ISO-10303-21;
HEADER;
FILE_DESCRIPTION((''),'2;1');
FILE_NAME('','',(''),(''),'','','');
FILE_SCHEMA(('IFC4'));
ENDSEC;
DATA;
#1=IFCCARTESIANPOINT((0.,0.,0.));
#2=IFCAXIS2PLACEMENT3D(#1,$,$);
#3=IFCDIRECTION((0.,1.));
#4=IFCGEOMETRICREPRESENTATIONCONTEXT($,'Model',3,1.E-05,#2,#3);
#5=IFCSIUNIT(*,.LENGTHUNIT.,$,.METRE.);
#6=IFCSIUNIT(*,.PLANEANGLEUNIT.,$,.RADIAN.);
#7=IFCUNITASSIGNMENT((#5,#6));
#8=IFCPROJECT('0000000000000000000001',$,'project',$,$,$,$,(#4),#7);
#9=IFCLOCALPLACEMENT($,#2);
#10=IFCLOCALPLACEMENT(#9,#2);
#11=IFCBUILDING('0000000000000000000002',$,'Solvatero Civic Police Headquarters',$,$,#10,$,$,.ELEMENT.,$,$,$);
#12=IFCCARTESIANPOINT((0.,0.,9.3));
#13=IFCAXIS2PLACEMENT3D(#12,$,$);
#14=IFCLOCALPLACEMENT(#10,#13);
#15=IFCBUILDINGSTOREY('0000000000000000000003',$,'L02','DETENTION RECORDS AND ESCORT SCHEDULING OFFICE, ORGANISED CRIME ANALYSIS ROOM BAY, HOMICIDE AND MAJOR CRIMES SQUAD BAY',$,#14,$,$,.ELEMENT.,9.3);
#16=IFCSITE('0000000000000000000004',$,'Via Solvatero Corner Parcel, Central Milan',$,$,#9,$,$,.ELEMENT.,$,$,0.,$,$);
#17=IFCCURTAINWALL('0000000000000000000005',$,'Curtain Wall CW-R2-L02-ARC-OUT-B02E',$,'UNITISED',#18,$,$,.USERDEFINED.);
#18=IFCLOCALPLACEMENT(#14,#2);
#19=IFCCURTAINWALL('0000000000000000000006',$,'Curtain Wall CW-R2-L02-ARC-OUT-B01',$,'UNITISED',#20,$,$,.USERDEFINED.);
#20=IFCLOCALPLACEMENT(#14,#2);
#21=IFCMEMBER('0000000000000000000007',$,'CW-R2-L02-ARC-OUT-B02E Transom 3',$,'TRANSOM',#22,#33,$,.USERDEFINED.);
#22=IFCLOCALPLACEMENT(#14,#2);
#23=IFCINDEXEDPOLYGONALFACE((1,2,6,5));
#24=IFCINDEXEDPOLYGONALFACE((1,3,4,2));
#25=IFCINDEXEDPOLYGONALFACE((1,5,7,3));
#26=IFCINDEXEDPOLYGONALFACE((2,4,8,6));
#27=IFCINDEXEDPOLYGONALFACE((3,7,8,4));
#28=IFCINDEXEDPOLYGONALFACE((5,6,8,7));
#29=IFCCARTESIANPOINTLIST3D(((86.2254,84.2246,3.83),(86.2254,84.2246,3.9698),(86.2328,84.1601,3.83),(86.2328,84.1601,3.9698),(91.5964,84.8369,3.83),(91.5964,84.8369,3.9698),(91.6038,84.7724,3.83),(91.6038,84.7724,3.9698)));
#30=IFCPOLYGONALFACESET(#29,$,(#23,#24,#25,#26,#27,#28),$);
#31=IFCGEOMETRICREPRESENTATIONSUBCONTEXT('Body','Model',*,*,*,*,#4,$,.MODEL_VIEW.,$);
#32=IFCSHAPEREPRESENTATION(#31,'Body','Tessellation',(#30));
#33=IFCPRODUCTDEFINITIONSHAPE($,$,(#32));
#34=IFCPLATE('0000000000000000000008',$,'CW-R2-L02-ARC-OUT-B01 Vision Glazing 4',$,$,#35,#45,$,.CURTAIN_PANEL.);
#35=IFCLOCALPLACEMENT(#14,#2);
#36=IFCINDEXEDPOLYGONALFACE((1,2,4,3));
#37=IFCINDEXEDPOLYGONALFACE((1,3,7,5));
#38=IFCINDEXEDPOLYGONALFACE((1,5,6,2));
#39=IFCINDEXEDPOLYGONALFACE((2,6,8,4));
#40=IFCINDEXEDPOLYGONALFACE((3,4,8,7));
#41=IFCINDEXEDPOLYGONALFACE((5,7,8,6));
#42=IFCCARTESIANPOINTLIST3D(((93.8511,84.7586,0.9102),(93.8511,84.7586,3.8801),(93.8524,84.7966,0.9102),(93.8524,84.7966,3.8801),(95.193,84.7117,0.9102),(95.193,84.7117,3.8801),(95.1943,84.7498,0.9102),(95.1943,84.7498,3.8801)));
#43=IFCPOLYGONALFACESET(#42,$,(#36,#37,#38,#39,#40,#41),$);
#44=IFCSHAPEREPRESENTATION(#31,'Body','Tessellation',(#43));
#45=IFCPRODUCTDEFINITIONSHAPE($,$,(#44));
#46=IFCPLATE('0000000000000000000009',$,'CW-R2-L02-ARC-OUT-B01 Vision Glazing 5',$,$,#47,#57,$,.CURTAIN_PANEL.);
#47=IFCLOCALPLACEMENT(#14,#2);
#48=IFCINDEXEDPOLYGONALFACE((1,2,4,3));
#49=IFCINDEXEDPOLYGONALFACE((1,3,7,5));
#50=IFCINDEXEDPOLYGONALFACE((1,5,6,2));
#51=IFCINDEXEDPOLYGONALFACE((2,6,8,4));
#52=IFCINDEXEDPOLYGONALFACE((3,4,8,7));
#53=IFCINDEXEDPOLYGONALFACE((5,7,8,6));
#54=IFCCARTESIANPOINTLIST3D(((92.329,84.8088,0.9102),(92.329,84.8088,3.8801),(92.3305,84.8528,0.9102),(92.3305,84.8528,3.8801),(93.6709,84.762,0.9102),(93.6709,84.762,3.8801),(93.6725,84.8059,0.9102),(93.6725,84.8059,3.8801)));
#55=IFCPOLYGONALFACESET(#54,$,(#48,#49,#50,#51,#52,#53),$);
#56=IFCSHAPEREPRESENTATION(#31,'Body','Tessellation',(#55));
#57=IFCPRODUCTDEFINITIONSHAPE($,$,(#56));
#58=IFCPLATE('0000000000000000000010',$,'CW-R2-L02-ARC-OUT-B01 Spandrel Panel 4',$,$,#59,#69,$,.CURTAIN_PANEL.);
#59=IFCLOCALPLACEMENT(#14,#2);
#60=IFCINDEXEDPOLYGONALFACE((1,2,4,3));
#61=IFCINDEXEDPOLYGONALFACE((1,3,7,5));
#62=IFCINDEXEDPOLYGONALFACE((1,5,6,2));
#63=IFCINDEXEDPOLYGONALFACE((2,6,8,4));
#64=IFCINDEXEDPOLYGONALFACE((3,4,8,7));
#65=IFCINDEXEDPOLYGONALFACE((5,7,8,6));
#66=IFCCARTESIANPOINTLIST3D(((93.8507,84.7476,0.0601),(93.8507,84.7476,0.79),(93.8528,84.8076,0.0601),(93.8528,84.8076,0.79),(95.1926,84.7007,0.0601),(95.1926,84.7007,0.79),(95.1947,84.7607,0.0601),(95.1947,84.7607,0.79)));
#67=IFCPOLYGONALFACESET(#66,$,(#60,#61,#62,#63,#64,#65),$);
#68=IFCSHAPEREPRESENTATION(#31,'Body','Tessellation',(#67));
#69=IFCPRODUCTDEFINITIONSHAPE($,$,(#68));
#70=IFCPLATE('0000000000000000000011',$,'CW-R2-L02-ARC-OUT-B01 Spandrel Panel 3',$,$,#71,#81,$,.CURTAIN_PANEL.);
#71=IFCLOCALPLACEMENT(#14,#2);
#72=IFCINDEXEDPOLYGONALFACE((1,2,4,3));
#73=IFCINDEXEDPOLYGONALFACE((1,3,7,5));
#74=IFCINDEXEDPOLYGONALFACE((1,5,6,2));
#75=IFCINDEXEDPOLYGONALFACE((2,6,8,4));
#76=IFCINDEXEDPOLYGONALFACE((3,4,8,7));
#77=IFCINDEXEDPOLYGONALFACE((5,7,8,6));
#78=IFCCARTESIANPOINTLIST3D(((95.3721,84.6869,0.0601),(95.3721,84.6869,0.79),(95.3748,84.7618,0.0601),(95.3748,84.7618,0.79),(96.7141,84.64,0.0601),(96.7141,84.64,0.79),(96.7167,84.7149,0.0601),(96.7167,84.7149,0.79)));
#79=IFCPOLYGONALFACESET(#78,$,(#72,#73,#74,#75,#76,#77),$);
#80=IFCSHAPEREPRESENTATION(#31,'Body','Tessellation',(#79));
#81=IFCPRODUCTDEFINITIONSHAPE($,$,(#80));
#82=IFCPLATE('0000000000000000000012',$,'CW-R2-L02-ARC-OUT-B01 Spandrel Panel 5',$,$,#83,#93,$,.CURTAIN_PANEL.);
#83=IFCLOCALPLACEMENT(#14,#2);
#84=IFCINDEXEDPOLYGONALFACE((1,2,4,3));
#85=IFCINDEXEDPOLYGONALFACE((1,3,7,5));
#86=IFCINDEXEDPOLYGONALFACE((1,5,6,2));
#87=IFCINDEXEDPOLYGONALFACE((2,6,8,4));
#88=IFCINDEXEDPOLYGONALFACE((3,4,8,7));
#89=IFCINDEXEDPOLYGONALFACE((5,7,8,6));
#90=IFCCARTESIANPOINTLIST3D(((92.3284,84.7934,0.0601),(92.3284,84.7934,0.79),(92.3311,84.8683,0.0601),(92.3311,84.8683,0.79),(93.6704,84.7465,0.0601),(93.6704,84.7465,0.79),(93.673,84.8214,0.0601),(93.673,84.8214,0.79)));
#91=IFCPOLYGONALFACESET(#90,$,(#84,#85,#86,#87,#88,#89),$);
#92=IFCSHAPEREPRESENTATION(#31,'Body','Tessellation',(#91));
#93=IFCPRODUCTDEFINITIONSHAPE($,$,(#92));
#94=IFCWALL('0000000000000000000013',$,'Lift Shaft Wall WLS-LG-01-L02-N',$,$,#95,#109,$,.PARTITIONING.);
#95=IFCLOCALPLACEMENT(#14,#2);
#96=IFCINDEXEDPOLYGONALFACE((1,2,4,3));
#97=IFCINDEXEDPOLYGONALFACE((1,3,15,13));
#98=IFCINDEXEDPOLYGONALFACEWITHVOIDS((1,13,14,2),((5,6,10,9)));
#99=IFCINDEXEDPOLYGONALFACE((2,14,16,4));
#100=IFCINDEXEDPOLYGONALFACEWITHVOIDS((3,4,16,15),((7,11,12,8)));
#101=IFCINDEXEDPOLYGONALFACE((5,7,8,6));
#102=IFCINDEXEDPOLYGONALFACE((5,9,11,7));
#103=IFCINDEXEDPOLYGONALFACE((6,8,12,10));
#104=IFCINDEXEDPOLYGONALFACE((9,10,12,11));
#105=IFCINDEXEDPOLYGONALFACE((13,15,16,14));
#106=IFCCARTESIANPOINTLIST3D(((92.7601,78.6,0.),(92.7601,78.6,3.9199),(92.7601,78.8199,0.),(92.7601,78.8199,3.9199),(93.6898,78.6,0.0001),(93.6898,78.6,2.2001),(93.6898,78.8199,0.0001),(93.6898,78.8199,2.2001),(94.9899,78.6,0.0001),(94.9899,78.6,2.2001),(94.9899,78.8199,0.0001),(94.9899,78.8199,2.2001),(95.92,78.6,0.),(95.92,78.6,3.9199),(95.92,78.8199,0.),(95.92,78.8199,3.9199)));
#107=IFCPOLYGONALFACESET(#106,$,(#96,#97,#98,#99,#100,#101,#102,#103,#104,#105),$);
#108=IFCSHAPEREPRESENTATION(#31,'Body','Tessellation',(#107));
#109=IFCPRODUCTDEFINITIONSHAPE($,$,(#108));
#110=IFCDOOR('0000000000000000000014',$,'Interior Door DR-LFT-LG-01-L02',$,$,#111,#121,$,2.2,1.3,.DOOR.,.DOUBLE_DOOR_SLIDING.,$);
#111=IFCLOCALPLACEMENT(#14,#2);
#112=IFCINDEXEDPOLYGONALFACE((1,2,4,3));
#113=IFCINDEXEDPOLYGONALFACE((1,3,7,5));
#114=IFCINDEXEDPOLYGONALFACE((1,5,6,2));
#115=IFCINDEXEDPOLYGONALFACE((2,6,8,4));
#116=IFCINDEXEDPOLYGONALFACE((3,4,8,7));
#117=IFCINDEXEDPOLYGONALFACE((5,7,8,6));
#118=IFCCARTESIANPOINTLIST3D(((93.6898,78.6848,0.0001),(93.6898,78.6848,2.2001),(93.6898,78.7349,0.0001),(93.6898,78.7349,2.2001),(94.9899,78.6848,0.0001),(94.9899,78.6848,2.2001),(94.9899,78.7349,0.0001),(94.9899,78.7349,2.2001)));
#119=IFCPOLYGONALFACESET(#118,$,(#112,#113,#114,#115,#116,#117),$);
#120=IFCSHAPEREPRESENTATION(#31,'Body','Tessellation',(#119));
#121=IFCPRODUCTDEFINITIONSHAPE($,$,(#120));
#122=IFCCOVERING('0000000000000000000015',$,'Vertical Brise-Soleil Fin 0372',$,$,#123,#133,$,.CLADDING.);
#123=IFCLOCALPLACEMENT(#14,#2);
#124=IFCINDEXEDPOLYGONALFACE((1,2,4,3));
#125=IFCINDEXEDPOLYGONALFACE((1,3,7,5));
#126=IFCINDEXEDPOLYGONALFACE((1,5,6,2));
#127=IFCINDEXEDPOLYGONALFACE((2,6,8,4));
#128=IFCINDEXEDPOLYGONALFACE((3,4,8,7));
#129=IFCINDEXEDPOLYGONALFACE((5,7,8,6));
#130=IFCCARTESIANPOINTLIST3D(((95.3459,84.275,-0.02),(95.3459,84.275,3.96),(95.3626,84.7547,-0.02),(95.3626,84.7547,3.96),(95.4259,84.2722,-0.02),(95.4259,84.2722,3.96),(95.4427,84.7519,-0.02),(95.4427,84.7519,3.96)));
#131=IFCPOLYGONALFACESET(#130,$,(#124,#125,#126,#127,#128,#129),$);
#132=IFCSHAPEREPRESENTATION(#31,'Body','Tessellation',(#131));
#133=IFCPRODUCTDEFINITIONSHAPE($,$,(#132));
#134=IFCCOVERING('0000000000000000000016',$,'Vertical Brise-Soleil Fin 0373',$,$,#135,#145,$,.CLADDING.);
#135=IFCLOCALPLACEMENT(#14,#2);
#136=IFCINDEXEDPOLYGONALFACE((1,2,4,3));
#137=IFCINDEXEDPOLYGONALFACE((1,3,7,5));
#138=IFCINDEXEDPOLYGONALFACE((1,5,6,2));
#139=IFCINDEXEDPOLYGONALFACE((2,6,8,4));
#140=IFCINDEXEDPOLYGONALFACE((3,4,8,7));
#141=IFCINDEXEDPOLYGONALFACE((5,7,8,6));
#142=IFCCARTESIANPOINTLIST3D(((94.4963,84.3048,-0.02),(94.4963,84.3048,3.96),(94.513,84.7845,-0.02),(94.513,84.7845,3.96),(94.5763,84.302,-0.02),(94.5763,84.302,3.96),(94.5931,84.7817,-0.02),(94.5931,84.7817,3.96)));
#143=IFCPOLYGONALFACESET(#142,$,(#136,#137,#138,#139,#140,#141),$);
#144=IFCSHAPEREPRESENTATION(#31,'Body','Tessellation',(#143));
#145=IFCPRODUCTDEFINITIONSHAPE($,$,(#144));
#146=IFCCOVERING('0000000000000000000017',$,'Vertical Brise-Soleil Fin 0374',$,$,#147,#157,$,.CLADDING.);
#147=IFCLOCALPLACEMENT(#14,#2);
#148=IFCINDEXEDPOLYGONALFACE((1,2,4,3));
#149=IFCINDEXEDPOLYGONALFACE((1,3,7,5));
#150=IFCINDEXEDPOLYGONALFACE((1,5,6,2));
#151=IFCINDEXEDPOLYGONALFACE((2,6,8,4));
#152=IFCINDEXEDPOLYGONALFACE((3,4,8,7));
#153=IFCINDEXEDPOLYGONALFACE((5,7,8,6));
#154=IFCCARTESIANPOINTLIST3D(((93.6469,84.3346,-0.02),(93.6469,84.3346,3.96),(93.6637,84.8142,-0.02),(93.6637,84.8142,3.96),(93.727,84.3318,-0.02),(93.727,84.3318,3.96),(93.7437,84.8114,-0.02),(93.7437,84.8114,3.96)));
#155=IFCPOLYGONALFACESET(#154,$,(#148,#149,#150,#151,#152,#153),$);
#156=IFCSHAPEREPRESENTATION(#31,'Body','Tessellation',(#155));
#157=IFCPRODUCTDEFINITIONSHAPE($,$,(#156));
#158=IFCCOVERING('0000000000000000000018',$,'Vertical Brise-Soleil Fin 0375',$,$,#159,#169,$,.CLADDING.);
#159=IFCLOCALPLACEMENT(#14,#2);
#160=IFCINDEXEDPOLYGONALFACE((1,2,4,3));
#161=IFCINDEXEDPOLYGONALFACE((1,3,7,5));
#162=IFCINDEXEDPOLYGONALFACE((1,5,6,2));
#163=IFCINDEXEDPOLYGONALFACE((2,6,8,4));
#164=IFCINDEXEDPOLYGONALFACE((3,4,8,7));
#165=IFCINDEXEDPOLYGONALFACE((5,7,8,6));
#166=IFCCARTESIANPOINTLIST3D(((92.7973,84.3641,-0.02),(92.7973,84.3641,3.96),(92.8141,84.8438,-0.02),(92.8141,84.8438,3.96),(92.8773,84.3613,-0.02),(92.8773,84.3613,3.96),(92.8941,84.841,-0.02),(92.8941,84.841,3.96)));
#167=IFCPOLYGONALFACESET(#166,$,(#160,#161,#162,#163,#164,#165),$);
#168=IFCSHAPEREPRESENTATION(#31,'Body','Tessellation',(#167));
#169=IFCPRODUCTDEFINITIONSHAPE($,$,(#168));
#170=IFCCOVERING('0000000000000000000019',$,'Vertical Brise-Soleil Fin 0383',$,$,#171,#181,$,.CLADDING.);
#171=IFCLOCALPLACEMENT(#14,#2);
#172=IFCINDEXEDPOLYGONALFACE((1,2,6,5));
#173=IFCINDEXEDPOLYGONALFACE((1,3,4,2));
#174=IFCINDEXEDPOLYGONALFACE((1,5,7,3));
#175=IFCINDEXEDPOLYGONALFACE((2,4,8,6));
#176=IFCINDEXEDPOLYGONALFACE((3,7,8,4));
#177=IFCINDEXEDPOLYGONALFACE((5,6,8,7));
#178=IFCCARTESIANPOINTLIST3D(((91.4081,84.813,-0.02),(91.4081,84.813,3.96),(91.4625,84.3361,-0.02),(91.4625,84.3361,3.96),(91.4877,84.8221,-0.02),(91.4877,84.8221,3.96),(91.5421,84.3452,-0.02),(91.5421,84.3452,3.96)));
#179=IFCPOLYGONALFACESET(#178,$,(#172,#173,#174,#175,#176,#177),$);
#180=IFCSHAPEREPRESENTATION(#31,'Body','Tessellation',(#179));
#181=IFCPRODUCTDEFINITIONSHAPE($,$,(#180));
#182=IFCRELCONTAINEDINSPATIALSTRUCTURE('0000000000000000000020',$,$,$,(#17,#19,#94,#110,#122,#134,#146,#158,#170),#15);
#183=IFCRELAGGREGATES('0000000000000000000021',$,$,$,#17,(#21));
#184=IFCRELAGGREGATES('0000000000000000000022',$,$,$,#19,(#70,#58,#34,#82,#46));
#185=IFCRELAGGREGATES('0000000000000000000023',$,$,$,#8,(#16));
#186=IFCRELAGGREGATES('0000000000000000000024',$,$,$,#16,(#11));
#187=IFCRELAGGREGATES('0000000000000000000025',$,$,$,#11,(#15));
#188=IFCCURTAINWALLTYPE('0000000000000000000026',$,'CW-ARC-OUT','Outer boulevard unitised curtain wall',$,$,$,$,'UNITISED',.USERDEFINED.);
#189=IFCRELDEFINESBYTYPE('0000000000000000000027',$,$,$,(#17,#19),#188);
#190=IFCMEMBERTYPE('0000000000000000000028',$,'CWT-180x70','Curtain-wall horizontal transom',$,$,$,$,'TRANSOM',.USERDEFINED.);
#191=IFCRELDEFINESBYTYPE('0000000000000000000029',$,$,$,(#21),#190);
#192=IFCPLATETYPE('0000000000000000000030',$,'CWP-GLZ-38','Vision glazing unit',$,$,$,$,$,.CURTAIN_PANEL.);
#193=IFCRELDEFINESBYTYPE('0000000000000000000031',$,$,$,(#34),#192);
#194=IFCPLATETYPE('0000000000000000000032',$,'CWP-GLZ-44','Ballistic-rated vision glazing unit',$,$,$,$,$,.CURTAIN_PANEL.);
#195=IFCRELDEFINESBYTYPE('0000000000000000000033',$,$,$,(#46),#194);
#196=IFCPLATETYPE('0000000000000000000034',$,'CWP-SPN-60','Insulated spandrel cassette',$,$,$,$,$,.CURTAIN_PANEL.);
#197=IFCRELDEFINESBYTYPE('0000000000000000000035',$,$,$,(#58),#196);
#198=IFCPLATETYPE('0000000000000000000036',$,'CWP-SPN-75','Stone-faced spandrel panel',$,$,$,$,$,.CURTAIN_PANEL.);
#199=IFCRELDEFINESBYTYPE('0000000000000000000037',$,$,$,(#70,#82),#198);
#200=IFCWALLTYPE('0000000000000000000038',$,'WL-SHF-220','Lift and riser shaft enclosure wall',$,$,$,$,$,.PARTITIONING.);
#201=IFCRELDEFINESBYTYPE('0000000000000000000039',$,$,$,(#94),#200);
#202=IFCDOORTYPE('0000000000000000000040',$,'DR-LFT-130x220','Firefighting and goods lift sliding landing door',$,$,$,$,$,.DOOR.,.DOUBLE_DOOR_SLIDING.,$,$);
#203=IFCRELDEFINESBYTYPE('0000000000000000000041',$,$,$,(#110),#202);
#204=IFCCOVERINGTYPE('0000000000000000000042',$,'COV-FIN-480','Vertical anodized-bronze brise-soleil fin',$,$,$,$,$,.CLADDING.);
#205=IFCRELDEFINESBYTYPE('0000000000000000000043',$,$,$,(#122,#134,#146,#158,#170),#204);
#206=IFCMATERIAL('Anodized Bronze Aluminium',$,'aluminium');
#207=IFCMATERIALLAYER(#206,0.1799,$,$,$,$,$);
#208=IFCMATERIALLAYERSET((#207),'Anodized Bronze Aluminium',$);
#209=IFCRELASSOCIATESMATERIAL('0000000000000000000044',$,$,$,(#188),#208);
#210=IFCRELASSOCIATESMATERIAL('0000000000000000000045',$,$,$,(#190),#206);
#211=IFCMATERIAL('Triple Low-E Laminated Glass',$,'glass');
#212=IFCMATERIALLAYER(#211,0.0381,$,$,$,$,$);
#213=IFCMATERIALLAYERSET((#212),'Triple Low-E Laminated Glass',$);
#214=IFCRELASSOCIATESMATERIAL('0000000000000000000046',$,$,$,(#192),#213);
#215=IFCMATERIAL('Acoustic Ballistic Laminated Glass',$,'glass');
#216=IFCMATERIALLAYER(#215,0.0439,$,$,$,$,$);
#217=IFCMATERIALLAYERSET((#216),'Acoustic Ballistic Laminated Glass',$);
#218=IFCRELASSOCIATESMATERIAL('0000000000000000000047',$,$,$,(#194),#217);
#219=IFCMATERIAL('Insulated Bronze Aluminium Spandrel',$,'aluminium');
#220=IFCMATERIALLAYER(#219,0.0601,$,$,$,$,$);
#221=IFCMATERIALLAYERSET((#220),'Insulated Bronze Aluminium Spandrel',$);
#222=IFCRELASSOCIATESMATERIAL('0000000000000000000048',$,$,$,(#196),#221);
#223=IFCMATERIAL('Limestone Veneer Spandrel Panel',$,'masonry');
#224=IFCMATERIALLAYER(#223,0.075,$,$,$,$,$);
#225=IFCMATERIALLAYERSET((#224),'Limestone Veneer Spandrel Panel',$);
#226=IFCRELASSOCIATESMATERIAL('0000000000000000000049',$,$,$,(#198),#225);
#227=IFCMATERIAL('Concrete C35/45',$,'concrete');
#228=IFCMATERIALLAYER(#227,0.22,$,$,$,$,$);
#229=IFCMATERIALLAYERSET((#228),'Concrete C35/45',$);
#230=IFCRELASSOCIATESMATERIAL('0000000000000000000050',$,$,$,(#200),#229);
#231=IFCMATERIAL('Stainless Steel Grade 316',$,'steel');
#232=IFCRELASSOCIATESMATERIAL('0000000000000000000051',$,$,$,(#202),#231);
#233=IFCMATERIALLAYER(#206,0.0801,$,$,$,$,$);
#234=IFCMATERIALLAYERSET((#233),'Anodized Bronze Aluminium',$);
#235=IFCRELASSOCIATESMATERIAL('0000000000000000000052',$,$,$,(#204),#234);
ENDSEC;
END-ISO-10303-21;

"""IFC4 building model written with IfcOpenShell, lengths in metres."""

from ifc_helpers import new_model, si_unit, direction, frame, frame_2d, origin, origin_2d, place, context, subcontext, project, spatial, rectangle, extrude, material, layer, layer_set, material_profile, profile_set, type_object, element, fill, aggregate, save


model = new_model("IFC4")

# Units and contexts
model_context = context("Model", 3, precision=1e-05, world=origin(), true_north=direction((0.0, 1.0)))
body_context = subcontext(model_context, "Body", "Model", "MODEL_VIEW")
ifc_project = project(units=[si_unit("LENGTHUNIT", "METRE"), si_unit("PLANEANGLEUNIT", "RADIAN")], contexts=[model_context])

# Site, building, storey
site_placement = place(None, origin())
site = spatial("IfcSite", under=ifc_project, at=site_placement, Name="Via Solvatero Corner Parcel, Central Milan", CompositionType="ELEMENT", RefElevation=0.0)
building_placement = place(site_placement, origin())
building = spatial("IfcBuilding", under=site, at=building_placement, Name="Solvatero Civic Police Headquarters", CompositionType="ELEMENT")
storey_placement = place(building_placement, frame((0.0, 0.0, 9.3)))
storey = spatial("IfcBuildingStorey", under=building, at=storey_placement, Name="L02", Description="DETENTION RECORDS AND ESCORT SCHEDULING OFFICE, ORGANISED CRIME ANALYSIS ROOM BAY, HOMICIDE AND MAJOR CRIMES SQUAD BAY", CompositionType="ELEMENT", Elevation=9.3)

# Curtain wall
ifc_material_1 = material(Name="Anodized Bronze Aluminium", Category="aluminium")
ifc_layer_1 = layer(ifc_material_1, 0.1799)
ifc_layer_set_1 = layer_set([ifc_layer_1], Name="Anodized Bronze Aluminium")
curtain_wall_type = type_object("IfcCurtainWallType", Name="CW-ARC-OUT", Description="Outer boulevard unitised curtain wall", ElementType="UNITISED", PredefinedType="USERDEFINED", material=ifc_layer_set_1)
curtain_wall_1_placement = place(storey_placement, origin())
curtain_wall_1 = element("IfcCurtainWall", 1, at=curtain_wall_1_placement, inside=storey, type_object=curtain_wall_type, Name="Curtain Wall CW-R2-L02-ARC-OUT-B02E", ObjectType="UNITISED", PredefinedType="USERDEFINED")

# Curtain wall
curtain_wall_2_placement = place(storey_placement, origin())
curtain_wall_2 = element("IfcCurtainWall", 2, at=curtain_wall_2_placement, inside=storey, type_object=curtain_wall_type, Name="Curtain Wall CW-R2-L02-ARC-OUT-B01", ObjectType="UNITISED", PredefinedType="USERDEFINED")

# Member
ifc_material_profile_1 = material_profile(ifc_material_1, rectangle(XDim=0.0649, YDim=0.1399, at=origin_2d()), Name="ALU TRANSOM 65x140")
ifc_profile_set_1 = profile_set([ifc_material_profile_1], Name="Anodized Bronze Aluminium")
member_type_1 = type_object("IfcMemberType", Name="CWT-180x70", Description="Curtain-wall horizontal transom", ElementType="TRANSOM", PredefinedType="USERDEFINED", material=ifc_profile_set_1)
member_1_placement = place(storey_placement, frame((91.6001, 84.8047, 3.8999), z_axis=(-0.993564, -0.113271, 0.0), x_axis=(0.113271, -0.993564, 0.0)))
member_1 = element("IfcMember", 3, at=member_1_placement, type_object=member_type_1, Name="CW-R2-L02-ARC-OUT-B02E Transom 3", ObjectType="TRANSOM", PredefinedType="USERDEFINED", context=body_context, shape_type="SweptSolid", body=[
    extrude(rectangle(XDim=0.0649, YDim=0.1399, at=origin_2d()), origin(), (0.0, 0.0, 1.0), 5.4058),
])
aggregate(curtain_wall_1, [member_1])

# Plates
ifc_material_2 = material(Name="Triple Low-E Laminated Glass", Category="glass")
ifc_layer_2 = layer(ifc_material_2, 0.0381)
ifc_layer_set_2 = layer_set([ifc_layer_2], Name="Triple Low-E Laminated Glass")
plate_type_1 = type_object("IfcPlateType", Name="CWP-GLZ-38", Description="Vision glazing unit", PredefinedType="CURTAIN_PANEL", material=ifc_layer_set_2)
plate_1_placement = place(storey_placement, frame((94.5227, 84.7542, 0.9102), z_axis=(0.0, 0.0, 1.0), x_axis=(-0.999391, 0.034899, 0.0)))
plate_1 = element("IfcPlate", 4, at=plate_1_placement, type_object=plate_type_1, Name="CW-R2-L02-ARC-OUT-B01 Vision Glazing 4", PredefinedType="CURTAIN_PANEL", context=body_context, shape_type="SweptSolid", body=[
    extrude(rectangle(XDim=1.3428, YDim=0.0381, at=origin_2d()), origin(), (0.0, 0.0, 1.0), 2.97),
])
ifc_material_3 = material(Name="Acoustic Ballistic Laminated Glass", Category="glass")
ifc_layer_3 = layer(ifc_material_3, 0.0439)
ifc_layer_set_3 = layer_set([ifc_layer_3], Name="Acoustic Ballistic Laminated Glass")
plate_type_2 = type_object("IfcPlateType", Name="CWP-GLZ-44", Description="Ballistic-rated vision glazing unit", PredefinedType="CURTAIN_PANEL", material=ifc_layer_set_3)
plate_2_placement = place(storey_placement, frame((93.0007, 84.8074, 0.9102), z_axis=(0.0, 0.0, 1.0), x_axis=(-0.999391, 0.034899, 0.0)))
plate_2 = element("IfcPlate", 5, at=plate_2_placement, type_object=plate_type_2, Name="CW-R2-L02-ARC-OUT-B01 Vision Glazing 5", PredefinedType="CURTAIN_PANEL", context=body_context, shape_type="SweptSolid", body=[
    extrude(rectangle(XDim=1.3428, YDim=0.0439, at=origin_2d()), origin(), (0.0, 0.0, 1.0), 2.97),
])
ifc_material_4 = material(Name="Insulated Bronze Aluminium Spandrel", Category="aluminium")
ifc_layer_4 = layer(ifc_material_4, 0.0601)
ifc_layer_set_4 = layer_set([ifc_layer_4], Name="Insulated Bronze Aluminium Spandrel")
plate_type_3 = type_object("IfcPlateType", Name="CWP-SPN-60", Description="Insulated spandrel cassette", PredefinedType="CURTAIN_PANEL", material=ifc_layer_set_4)
plate_3_placement = place(storey_placement, frame((94.5227, 84.7542, 0.0601), z_axis=(0.0, 0.0, 1.0), x_axis=(-0.999391, 0.034899, 0.0)))
plate_3 = element("IfcPlate", 6, at=plate_3_placement, type_object=plate_type_3, Name="CW-R2-L02-ARC-OUT-B01 Spandrel Panel 4", PredefinedType="CURTAIN_PANEL", context=body_context, shape_type="SweptSolid", body=[
    extrude(rectangle(XDim=1.3428, YDim=0.0601, at=origin_2d()), origin(), (0.0, 0.0, 1.0), 0.73),
])
ifc_material_5 = material(Name="Limestone Veneer Spandrel Panel", Category="masonry")
ifc_layer_5 = layer(ifc_material_5, 0.075)
ifc_layer_set_5 = layer_set([ifc_layer_5], Name="Limestone Veneer Spandrel Panel")
plate_type_4 = type_object("IfcPlateType", Name="CWP-SPN-75", Description="Stone-faced spandrel panel", PredefinedType="CURTAIN_PANEL", material=ifc_layer_set_5)
plate_4_placement = place(storey_placement, frame((96.0444, 84.7009, 0.0601), z_axis=(0.0, 0.0, 1.0), x_axis=(-0.999391, 0.034899, 0.0)))
plate_4 = element("IfcPlate", 7, at=plate_4_placement, type_object=plate_type_4, Name="CW-R2-L02-ARC-OUT-B01 Spandrel Panel 3", PredefinedType="CURTAIN_PANEL", context=body_context, shape_type="SweptSolid", body=[
    extrude(rectangle(XDim=1.3428, YDim=0.075, at=origin_2d()), origin(), (0.0, 0.0, 1.0), 0.73),
])
plate_5_placement = place(storey_placement, frame((93.0007, 84.8074, 0.0601), z_axis=(0.0, 0.0, 1.0), x_axis=(-0.999391, 0.034899, 0.0)))
plate_5 = element("IfcPlate", 8, at=plate_5_placement, type_object=plate_type_4, Name="CW-R2-L02-ARC-OUT-B01 Spandrel Panel 5", PredefinedType="CURTAIN_PANEL", context=body_context, shape_type="SweptSolid", body=[
    extrude(rectangle(XDim=1.3428, YDim=0.075, at=origin_2d()), origin(), (0.0, 0.0, 1.0), 0.73),
])
aggregate(curtain_wall_2, [plate_4, plate_3, plate_1, plate_5, plate_2])

# Wall, opening, door
ifc_material_6 = material(Name="Concrete C35/45", Category="concrete")
ifc_layer_6 = layer(ifc_material_6, 0.22)
ifc_layer_set_6 = layer_set([ifc_layer_6], Name="Concrete C35/45")
wall_type_1 = type_object("IfcWallType", Name="WL-SHF-220", Description="Lift and riser shaft enclosure wall", PredefinedType="PARTITIONING", material=ifc_layer_set_6)
wall_1_placement = place(storey_placement, frame((92.76, 78.71, 0.0), z_axis=(0.0, 0.0, 1.0), x_axis=(1.0, 0.0, 0.0)))
wall_1 = element("IfcWall", 9, at=wall_1_placement, inside=storey, type_object=wall_type_1, Name="Lift Shaft Wall WLS-LG-01-L02-N", PredefinedType="PARTITIONING", context=body_context, shape_type="SweptSolid", body=[
    extrude(rectangle(XDim=3.1599, YDim=0.22, at=frame_2d((1.5801, 0.0))), origin(), (0.0, 0.0, 1.0), 3.9199),
])
opening_1_placement = place(wall_1_placement, frame((0.9299, 0.0, 0.0)))
opening_1 = element("IfcOpeningElement", 10, at=opening_1_placement, cuts=wall_1, PredefinedType="OPENING", context=body_context, shape_type="SweptSolid", body=[
    extrude(rectangle(XDim=1.3, YDim=2.2, at=frame_2d((0.6499, 1.1001))), frame((0.0, 0.1199, 0.0), z_axis=(0.0, -1.0, 0.0), x_axis=(1.0, 0.0, 0.0)), (0.0, 0.0, 1.0), 0.24),
])
ifc_material_7 = material(Name="Stainless Steel Grade 316", Category="steel")
door_type_1 = type_object("IfcDoorType", Name="DR-LFT-130x220", Description="Firefighting and goods lift sliding landing door", OperationType="DOUBLE_DOOR_SLIDING", PredefinedType="DOOR", material=ifc_material_7)
door_1_placement = place(opening_1_placement, origin())
door_1 = element("IfcDoor", 11, at=door_1_placement, inside=storey, type_object=door_type_1, Name="Interior Door DR-LFT-LG-01-L02", OperationType="DOUBLE_DOOR_SLIDING", OverallHeight=2.2, OverallWidth=1.3, PredefinedType="DOOR", context=body_context, shape_type="SweptSolid", body=[
    extrude(rectangle(XDim=1.3, YDim=2.2, at=frame_2d((0.6499, 1.1001))), frame((0.0, 0.0249, 0.0), z_axis=(0.0, -1.0, 0.0), x_axis=(1.0, 0.0, 0.0)), (0.0, 0.0, 1.0), 0.05),
])
fill(opening_1, door_1)

# Coverings
ifc_layer_7 = layer(ifc_material_1, 0.0801)
ifc_layer_set_7 = layer_set([ifc_layer_7], Name="Anodized Bronze Aluminium")
covering_type = type_object("IfcCoveringType", Name="COV-FIN-480", Description="Vertical anodized-bronze brise-soleil fin", PredefinedType="CLADDING", material=ifc_layer_set_7)
for number, where, z_axis, x_axis, name in (
    (12, (95.3943, 84.5134, -0.02), (0.0, 0.0, 1.0), (-0.999391, 0.034899, 0.0), "Vertical Brise-Soleil Fin 0372"),
    (13, (94.5447, 84.5432, -0.02), (0.0, 0.0, 1.0), (-0.999391, 0.034899, 0.0), "Vertical Brise-Soleil Fin 0373"),
    (14, (93.6953, 84.573, -0.02), (0.0, 0.0, 1.0), (-0.999391, 0.034899, 0.0), "Vertical Brise-Soleil Fin 0374"),
    (15, (92.8457, 84.6025, -0.02), (0.0, 0.0, 1.0), (-0.999391, 0.034899, 0.0), "Vertical Brise-Soleil Fin 0375"),
    (16, (91.4751, 84.5791, -0.02), (0.0, 0.0, 1.0), (-0.993566, -0.113255, 0.0), "Vertical Brise-Soleil Fin 0383"),
):
    element("IfcCovering", number, at=place(storey_placement, frame(where, z_axis=z_axis, x_axis=x_axis)), inside=storey, type_object=covering_type, Name=name, PredefinedType="CLADDING", context=body_context, shape_type="SweptSolid", body=[
        extrude(rectangle(XDim=0.0801, YDim=0.48, at=origin_2d()), origin(), (0.0, 0.0, 1.0), 3.98),
    ])

save(model, "model.ifc")
